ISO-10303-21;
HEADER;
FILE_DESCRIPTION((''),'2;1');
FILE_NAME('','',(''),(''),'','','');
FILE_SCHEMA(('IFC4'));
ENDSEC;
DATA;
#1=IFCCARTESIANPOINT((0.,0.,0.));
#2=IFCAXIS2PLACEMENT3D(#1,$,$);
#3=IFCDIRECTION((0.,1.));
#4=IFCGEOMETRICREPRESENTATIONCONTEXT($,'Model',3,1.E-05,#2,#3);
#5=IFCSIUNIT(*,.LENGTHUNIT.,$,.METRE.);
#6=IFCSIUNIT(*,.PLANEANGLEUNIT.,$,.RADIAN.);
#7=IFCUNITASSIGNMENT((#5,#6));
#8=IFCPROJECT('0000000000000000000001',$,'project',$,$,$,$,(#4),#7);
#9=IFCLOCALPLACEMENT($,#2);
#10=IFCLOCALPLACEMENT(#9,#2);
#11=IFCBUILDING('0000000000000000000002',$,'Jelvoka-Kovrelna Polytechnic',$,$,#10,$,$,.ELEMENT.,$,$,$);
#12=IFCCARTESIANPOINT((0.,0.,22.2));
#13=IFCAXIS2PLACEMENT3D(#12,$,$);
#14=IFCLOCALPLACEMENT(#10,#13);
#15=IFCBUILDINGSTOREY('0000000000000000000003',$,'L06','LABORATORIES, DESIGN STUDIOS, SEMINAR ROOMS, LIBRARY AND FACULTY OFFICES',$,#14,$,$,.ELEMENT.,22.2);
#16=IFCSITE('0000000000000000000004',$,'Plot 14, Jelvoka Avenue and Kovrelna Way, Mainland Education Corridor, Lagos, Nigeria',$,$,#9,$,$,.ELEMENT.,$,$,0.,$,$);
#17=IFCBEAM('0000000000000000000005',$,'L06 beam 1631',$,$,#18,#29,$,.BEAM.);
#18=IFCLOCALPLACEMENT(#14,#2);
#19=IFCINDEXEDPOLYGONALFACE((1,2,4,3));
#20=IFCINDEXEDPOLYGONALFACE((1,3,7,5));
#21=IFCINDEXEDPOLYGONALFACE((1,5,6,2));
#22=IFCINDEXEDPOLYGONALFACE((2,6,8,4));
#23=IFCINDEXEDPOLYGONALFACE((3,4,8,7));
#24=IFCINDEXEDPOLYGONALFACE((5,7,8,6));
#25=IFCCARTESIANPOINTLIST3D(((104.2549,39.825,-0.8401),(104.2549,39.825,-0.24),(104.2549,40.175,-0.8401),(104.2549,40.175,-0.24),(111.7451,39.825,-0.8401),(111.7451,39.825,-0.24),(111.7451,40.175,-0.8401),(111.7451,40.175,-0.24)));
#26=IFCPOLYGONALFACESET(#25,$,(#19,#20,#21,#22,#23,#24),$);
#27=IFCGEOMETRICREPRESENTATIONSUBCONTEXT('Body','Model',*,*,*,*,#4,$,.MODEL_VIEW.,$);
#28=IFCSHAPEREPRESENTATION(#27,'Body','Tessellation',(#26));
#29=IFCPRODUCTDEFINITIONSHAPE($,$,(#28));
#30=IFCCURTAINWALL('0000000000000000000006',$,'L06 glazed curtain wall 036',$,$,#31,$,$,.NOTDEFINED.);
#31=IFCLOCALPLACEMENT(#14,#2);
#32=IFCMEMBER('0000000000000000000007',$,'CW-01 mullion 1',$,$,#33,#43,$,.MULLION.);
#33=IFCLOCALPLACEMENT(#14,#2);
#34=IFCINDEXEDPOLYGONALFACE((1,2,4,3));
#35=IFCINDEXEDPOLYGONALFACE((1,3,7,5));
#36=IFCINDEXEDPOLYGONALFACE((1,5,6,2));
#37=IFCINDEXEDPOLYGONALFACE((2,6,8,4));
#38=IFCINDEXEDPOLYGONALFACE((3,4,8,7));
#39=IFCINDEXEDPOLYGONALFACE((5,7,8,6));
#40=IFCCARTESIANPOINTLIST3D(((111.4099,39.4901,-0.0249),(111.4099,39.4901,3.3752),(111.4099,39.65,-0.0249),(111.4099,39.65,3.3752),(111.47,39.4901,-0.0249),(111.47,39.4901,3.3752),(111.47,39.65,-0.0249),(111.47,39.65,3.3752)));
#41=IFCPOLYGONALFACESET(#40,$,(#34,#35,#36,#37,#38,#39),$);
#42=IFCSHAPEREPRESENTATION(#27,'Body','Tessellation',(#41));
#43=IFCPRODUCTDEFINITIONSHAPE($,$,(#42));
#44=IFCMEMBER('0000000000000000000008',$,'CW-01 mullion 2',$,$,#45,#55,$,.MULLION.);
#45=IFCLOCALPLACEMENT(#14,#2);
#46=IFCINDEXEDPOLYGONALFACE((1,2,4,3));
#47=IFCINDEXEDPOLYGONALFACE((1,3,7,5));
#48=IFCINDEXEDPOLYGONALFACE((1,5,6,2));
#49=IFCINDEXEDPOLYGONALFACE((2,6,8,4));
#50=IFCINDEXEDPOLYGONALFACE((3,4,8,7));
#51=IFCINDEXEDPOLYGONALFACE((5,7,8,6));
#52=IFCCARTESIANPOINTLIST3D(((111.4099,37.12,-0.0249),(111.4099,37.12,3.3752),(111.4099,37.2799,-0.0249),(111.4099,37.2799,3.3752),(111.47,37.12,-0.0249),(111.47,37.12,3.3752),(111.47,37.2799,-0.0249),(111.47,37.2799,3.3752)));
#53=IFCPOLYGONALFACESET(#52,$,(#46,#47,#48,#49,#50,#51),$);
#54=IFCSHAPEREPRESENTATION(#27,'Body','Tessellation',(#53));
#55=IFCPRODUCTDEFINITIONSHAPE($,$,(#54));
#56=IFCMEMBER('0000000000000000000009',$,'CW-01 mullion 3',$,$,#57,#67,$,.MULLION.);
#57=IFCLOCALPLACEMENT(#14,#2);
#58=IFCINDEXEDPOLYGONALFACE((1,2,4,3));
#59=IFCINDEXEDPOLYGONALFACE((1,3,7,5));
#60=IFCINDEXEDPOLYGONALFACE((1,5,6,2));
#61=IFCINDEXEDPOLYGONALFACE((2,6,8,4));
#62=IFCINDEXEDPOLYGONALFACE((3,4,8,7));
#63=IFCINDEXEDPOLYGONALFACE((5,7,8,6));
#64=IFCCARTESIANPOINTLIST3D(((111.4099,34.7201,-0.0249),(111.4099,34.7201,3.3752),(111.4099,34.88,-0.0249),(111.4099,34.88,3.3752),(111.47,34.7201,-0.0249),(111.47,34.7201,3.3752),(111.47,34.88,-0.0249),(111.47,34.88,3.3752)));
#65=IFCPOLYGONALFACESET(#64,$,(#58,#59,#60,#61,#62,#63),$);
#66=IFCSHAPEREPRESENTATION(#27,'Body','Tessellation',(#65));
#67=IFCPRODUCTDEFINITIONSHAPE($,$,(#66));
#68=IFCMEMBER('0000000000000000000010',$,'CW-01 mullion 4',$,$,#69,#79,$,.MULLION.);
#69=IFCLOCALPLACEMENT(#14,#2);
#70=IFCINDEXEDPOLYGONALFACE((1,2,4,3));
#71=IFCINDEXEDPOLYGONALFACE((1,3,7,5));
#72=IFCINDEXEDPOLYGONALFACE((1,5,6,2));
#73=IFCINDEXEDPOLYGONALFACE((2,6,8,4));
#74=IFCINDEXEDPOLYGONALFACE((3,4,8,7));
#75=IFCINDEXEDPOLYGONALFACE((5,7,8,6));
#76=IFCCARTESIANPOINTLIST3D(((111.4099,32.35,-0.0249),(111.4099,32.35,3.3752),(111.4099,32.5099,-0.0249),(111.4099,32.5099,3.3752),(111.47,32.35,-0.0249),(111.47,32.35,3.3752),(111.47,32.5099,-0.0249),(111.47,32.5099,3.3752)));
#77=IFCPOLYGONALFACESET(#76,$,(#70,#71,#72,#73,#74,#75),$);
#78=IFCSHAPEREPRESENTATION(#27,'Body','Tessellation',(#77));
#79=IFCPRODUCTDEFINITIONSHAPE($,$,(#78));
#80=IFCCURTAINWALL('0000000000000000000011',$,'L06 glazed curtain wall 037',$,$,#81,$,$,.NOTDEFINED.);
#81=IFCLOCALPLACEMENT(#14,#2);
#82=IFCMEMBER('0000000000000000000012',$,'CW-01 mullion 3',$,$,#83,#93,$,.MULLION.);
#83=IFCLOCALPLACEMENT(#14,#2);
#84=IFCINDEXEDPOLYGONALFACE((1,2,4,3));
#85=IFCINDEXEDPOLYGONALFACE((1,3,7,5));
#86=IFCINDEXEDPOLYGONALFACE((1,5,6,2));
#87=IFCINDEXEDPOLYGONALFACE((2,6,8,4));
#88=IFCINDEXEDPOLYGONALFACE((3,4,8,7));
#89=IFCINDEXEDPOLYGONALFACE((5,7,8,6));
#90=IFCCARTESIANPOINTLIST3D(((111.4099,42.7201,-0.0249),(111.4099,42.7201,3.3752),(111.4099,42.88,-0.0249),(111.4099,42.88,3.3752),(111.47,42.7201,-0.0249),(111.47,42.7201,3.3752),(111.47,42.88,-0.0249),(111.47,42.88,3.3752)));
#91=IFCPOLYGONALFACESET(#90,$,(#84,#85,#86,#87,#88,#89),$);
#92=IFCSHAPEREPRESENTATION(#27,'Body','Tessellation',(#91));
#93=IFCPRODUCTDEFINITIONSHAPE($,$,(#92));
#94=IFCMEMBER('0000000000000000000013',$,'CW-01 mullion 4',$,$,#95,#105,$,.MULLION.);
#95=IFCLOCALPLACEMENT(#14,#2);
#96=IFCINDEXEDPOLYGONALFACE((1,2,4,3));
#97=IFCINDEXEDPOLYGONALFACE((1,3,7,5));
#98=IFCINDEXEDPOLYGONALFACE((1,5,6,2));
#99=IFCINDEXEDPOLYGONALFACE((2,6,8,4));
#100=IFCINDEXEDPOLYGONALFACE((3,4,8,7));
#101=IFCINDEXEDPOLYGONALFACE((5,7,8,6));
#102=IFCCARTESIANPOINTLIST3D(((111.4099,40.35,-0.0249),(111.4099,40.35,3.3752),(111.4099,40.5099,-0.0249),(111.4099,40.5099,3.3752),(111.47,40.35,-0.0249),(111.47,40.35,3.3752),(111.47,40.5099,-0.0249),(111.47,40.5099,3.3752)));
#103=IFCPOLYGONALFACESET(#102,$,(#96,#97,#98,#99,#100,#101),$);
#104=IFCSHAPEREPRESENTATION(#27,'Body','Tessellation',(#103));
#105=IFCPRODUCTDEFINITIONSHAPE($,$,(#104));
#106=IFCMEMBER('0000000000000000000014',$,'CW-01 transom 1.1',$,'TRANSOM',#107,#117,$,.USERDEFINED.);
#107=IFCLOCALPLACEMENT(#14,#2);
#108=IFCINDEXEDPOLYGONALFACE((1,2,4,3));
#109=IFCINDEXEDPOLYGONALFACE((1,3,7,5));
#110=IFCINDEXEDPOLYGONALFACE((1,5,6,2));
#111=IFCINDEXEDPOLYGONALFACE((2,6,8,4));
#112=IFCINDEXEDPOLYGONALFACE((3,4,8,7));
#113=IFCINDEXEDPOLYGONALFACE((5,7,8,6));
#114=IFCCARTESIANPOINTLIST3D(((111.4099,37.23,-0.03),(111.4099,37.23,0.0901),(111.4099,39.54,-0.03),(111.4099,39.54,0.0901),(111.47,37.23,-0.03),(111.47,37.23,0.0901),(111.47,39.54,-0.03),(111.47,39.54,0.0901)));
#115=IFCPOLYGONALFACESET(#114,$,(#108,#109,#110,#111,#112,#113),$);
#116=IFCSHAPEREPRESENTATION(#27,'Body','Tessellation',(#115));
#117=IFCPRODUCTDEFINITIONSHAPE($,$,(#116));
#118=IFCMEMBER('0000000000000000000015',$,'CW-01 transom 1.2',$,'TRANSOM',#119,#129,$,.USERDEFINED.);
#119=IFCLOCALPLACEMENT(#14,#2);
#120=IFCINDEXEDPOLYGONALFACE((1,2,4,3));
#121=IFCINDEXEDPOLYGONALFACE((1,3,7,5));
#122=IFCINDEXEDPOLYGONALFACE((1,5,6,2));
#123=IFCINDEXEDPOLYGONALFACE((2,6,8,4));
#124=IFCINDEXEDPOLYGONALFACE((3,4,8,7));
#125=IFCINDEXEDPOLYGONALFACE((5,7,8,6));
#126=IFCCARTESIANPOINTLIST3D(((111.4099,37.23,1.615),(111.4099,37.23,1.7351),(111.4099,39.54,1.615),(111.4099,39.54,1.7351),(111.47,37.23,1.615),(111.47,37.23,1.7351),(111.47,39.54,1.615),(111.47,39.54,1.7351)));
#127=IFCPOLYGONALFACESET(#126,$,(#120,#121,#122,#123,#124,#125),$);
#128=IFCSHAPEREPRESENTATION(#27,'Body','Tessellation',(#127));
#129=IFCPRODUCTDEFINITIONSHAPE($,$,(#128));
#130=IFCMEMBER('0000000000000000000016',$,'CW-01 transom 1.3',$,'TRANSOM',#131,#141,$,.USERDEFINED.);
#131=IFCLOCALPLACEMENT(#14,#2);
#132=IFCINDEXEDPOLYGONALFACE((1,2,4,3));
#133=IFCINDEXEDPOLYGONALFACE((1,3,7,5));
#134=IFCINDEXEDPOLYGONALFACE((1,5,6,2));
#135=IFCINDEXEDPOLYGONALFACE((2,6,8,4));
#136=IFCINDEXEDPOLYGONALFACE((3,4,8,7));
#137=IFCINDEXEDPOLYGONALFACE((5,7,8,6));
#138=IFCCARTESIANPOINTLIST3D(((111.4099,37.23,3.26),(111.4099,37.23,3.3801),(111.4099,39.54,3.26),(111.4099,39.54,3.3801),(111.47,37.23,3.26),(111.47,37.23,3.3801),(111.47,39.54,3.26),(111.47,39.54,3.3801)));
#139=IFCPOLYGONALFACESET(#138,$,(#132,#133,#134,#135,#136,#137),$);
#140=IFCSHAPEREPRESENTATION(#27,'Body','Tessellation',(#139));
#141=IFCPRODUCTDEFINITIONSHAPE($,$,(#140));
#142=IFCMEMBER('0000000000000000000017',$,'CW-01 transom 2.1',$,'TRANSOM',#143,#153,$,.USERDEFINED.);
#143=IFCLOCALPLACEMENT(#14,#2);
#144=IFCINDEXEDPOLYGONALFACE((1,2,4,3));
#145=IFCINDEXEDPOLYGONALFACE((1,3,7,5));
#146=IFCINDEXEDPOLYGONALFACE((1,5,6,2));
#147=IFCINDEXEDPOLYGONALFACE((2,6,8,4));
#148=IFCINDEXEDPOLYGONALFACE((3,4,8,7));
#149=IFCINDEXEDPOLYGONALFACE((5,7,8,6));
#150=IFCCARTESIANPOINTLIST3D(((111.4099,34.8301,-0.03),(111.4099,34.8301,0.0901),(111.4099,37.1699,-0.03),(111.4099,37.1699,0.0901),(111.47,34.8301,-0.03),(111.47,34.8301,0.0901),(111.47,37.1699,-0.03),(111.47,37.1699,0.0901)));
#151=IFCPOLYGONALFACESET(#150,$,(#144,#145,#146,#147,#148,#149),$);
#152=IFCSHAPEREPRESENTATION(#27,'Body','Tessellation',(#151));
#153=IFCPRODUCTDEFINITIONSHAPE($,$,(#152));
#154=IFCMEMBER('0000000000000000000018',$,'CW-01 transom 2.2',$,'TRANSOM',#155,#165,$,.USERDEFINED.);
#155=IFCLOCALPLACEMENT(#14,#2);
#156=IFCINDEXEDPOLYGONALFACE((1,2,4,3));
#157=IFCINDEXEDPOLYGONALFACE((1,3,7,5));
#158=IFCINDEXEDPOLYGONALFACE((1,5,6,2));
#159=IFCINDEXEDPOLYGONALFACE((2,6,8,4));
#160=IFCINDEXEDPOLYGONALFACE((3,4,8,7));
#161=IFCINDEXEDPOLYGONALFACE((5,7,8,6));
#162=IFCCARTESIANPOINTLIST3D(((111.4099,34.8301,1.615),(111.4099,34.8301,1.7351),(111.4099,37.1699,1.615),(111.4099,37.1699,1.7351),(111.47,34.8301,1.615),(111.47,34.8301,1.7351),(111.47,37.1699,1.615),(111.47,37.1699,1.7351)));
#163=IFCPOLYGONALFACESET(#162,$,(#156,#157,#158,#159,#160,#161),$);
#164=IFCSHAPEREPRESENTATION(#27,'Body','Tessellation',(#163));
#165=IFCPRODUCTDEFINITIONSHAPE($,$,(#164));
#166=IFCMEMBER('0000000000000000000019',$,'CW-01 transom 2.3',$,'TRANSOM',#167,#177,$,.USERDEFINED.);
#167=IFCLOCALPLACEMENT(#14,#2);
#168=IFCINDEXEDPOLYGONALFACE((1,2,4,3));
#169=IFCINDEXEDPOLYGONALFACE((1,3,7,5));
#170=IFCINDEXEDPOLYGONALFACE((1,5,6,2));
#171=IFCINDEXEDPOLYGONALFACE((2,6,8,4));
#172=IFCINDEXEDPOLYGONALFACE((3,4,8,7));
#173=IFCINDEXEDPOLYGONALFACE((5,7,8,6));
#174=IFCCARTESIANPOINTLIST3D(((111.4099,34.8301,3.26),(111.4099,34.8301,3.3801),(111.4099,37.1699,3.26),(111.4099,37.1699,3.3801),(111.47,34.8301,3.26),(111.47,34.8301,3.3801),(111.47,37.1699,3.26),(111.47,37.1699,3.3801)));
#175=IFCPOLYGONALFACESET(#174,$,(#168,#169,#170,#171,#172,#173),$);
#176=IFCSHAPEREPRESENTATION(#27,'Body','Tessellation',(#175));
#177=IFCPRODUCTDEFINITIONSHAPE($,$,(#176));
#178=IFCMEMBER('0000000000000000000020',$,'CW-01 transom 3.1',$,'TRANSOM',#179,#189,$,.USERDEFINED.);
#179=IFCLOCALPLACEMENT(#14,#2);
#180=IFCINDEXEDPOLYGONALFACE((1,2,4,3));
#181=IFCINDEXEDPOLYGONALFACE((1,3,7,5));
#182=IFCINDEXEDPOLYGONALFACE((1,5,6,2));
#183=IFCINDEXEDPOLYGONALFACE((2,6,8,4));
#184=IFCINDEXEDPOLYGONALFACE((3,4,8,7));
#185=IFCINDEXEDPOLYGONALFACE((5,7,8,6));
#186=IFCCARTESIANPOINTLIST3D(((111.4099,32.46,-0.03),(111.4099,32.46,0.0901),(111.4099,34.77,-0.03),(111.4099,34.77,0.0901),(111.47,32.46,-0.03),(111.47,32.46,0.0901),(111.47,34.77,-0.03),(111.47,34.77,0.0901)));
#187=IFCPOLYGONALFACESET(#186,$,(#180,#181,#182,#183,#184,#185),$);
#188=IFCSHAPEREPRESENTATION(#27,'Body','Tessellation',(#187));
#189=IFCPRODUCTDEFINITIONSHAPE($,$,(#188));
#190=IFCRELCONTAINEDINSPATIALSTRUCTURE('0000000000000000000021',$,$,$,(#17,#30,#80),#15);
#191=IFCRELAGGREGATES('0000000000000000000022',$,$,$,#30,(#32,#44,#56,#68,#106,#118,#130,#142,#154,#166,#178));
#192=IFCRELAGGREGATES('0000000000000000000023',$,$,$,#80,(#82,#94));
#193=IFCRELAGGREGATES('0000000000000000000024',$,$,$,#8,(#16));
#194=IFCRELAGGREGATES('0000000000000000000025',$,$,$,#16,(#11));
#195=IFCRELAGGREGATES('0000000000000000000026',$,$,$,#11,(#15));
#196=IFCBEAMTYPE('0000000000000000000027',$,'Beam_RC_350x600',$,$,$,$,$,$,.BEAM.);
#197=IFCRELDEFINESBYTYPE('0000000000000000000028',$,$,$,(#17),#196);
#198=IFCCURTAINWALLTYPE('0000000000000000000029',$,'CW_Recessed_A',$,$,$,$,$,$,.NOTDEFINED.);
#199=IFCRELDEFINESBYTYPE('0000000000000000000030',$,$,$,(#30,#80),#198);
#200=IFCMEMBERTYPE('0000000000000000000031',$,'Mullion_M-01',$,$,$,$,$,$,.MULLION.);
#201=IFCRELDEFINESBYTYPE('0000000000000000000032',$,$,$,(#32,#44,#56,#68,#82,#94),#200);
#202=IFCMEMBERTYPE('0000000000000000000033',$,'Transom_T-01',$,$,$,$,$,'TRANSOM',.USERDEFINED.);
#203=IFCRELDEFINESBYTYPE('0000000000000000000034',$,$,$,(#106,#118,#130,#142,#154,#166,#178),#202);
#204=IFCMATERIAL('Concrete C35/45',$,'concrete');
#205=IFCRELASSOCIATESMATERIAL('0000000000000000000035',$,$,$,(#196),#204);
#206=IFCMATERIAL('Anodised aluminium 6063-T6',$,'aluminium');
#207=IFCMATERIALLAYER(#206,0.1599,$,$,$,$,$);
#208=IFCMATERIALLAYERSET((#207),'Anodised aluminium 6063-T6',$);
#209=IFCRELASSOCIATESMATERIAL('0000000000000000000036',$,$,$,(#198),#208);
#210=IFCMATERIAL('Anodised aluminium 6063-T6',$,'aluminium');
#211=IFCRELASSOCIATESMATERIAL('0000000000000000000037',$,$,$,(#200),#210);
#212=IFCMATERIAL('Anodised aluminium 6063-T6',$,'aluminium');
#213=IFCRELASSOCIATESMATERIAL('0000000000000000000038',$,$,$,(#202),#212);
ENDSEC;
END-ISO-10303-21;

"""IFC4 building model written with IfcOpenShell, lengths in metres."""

from ifc_helpers import new_model, si_unit, direction, frame, origin, origin_2d, place, context, subcontext, project, spatial, rectangle, extrude, material, layer, layer_set, material_profile, profile_set, type_object, element, aggregate, save


model = new_model("IFC4")

# Units and contexts
model_context = context("Model", 3, precision=1e-05, world=origin(), true_north=direction((0.0, 1.0)))
body_context = subcontext(model_context, "Body", "Model", "MODEL_VIEW")
ifc_project = project(units=[si_unit("LENGTHUNIT", "METRE"), si_unit("PLANEANGLEUNIT", "RADIAN")], contexts=[model_context])

# Site, building, storey
site_placement = place(None, origin())
site = spatial("IfcSite", under=ifc_project, at=site_placement, Name="Plot 14, Jelvoka Avenue and Kovrelna Way, Mainland Education Corridor, Lagos, Nigeria", CompositionType="ELEMENT", RefElevation=0.0)
building_placement = place(site_placement, origin())
building = spatial("IfcBuilding", under=site, at=building_placement, Name="Jelvoka-Kovrelna Polytechnic", CompositionType="ELEMENT")
storey_placement = place(building_placement, frame((0.0, 0.0, 22.2)))
storey = spatial("IfcBuildingStorey", under=building, at=storey_placement, Name="L06", Description="LABORATORIES, DESIGN STUDIOS, SEMINAR ROOMS, LIBRARY AND FACULTY OFFICES", CompositionType="ELEMENT", Elevation=22.2)

# Beam
ifc_material_1 = material(Name="Concrete C35/45", Category="concrete")
ifc_material_profile_1 = material_profile(ifc_material_1, rectangle(XDim=0.3501, YDim=0.6001, at=origin_2d()), Name="RC 350x600")
ifc_profile_set_1 = profile_set([ifc_material_profile_1], Name="Concrete C35/45")
beam_type = type_object("IfcBeamType", Name="Beam_RC_350x600", PredefinedType="BEAM", material=ifc_profile_set_1)
beam_placement = place(storey_placement, frame((104.2549, 40.0, -0.54), z_axis=(1.0, 0.0, 0.0), x_axis=(0.0, 1.0, 0.0)))
element("IfcBeam", 1, at=beam_placement, inside=storey, type_object=beam_type, Name="L06 beam 1631", PredefinedType="BEAM", context=body_context, shape_type="SweptSolid", body=[
    extrude(rectangle(XDim=0.3501, YDim=0.6001, at=origin_2d()), origin(), (0.0, 0.0, 1.0), 7.4902),
])

# Curtain walls, members
ifc_material_2 = material(Name="Anodised aluminium 6063-T6", Category="aluminium")
ifc_layer_1 = layer(ifc_material_2, 0.1599)
ifc_layer_set_1 = layer_set([ifc_layer_1], Name="Anodised aluminium 6063-T6")
curtain_wall_type = type_object("IfcCurtainWallType", Name="CW_Recessed_A", PredefinedType="NOTDEFINED", material=ifc_layer_set_1)
curtain_wall_1_placement = place(storey_placement, origin())
curtain_wall_1 = element("IfcCurtainWall", 2, at=curtain_wall_1_placement, inside=storey, type_object=curtain_wall_type, Name="L06 glazed curtain wall 036", PredefinedType="NOTDEFINED")
ifc_material_3 = material(Name="Anodised aluminium 6063-T6", Category="aluminium")
ifc_material_profile_2 = material_profile(ifc_material_3, rectangle(XDim=0.0601, YDim=0.1599, at=origin_2d()), Name="ALU 60x160")
ifc_profile_set_2 = profile_set([ifc_material_profile_2], Name="Anodised aluminium 6063-T6")
member_type_1 = type_object("IfcMemberType", Name="Mullion_M-01", PredefinedType="MULLION", material=ifc_profile_set_2)
member_1_placement = place(storey_placement, frame((111.4399, 39.5701, -0.0249), z_axis=(0.0, 0.0, 1.0), x_axis=(1.0, 0.0, 0.0)))
member_1 = element("IfcMember", 3, at=member_1_placement, type_object=member_type_1, Name="CW-01 mullion 1", PredefinedType="MULLION", context=body_context, shape_type="SweptSolid", body=[
    extrude(rectangle(XDim=0.0601, YDim=0.1599, at=origin_2d()), origin(), (0.0, 0.0, 1.0), 3.4001),
])
member_2_placement = place(storey_placement, frame((111.4399, 37.2, -0.0249), z_axis=(0.0, 0.0, 1.0), x_axis=(1.0, 0.0, 0.0)))
member_2 = element("IfcMember", 4, at=member_2_placement, type_object=member_type_1, Name="CW-01 mullion 2", PredefinedType="MULLION", context=body_context, shape_type="SweptSolid", body=[
    extrude(rectangle(XDim=0.0601, YDim=0.1599, at=origin_2d()), origin(), (0.0, 0.0, 1.0), 3.4001),
])
member_3_placement = place(storey_placement, frame((111.4399, 34.8, -0.0249), z_axis=(0.0, 0.0, 1.0), x_axis=(1.0, 0.0, 0.0)))
member_3 = element("IfcMember", 5, at=member_3_placement, type_object=member_type_1, Name="CW-01 mullion 3", PredefinedType="MULLION", context=body_context, shape_type="SweptSolid", body=[
    extrude(rectangle(XDim=0.0601, YDim=0.1599, at=origin_2d()), origin(), (0.0, 0.0, 1.0), 3.4001),
])
member_4_placement = place(storey_placement, frame((111.4399, 32.4299, -0.0249), z_axis=(0.0, 0.0, 1.0), x_axis=(1.0, 0.0, 0.0)))
member_4 = element("IfcMember", 6, at=member_4_placement, type_object=member_type_1, Name="CW-01 mullion 4", PredefinedType="MULLION", context=body_context, shape_type="SweptSolid", body=[
    extrude(rectangle(XDim=0.0601, YDim=0.1599, at=origin_2d()), origin(), (0.0, 0.0, 1.0), 3.4001),
])
curtain_wall_2_placement = place(storey_placement, origin())
curtain_wall_2 = element("IfcCurtainWall", 7, at=curtain_wall_2_placement, inside=storey, type_object=curtain_wall_type, Name="L06 glazed curtain wall 037", PredefinedType="NOTDEFINED")
member_5_placement = place(storey_placement, frame((111.4399, 42.8, -0.0249), z_axis=(0.0, 0.0, 1.0), x_axis=(1.0, 0.0, 0.0)))
member_5 = element("IfcMember", 8, at=member_5_placement, type_object=member_type_1, Name="CW-01 mullion 3", PredefinedType="MULLION", context=body_context, shape_type="SweptSolid", body=[
    extrude(rectangle(XDim=0.0601, YDim=0.1599, at=origin_2d()), origin(), (0.0, 0.0, 1.0), 3.4001),
])
member_6_placement = place(storey_placement, frame((111.4399, 40.4299, -0.0249), z_axis=(0.0, 0.0, 1.0), x_axis=(1.0, 0.0, 0.0)))
member_6 = element("IfcMember", 9, at=member_6_placement, type_object=member_type_1, Name="CW-01 mullion 4", PredefinedType="MULLION", context=body_context, shape_type="SweptSolid", body=[
    extrude(rectangle(XDim=0.0601, YDim=0.1599, at=origin_2d()), origin(), (0.0, 0.0, 1.0), 3.4001),
])

# Members
ifc_material_4 = material(Name="Anodised aluminium 6063-T6", Category="aluminium")
ifc_material_profile_3 = material_profile(ifc_material_4, rectangle(XDim=0.0601, YDim=0.1201, at=origin_2d()), Name="ALU 60x120")
ifc_profile_set_3 = profile_set([ifc_material_profile_3], Name="Anodised aluminium 6063-T6")
member_type_2 = type_object("IfcMemberType", Name="Transom_T-01", ElementType="TRANSOM", PredefinedType="USERDEFINED", material=ifc_profile_set_3)
member_7_placement = place(storey_placement, frame((111.4399, 39.54, 0.03), z_axis=(0.0, -1.0, 0.0), x_axis=(1.0, 0.0, 0.0)))
member_7 = element("IfcMember", 10, at=member_7_placement, type_object=member_type_2, Name="CW-01 transom 1.1", ObjectType="TRANSOM", PredefinedType="USERDEFINED", context=body_context, shape_type="SweptSolid", body=[
    extrude(rectangle(XDim=0.0601, YDim=0.1201, at=origin_2d()), origin(), (0.0, 0.0, 1.0), 2.3101),
])
member_8_placement = place(storey_placement, frame((111.4399, 39.54, 1.675), z_axis=(0.0, -1.0, 0.0), x_axis=(1.0, 0.0, 0.0)))
member_8 = element("IfcMember", 11, at=member_8_placement, type_object=member_type_2, Name="CW-01 transom 1.2", ObjectType="TRANSOM", PredefinedType="USERDEFINED", context=body_context, shape_type="SweptSolid", body=[
    extrude(rectangle(XDim=0.0601, YDim=0.1201, at=origin_2d()), origin(), (0.0, 0.0, 1.0), 2.3101),
])
member_9_placement = place(storey_placement, frame((111.4399, 39.54, 3.3201), z_axis=(0.0, -1.0, 0.0), x_axis=(1.0, 0.0, 0.0)))
member_9 = element("IfcMember", 12, at=member_9_placement, type_object=member_type_2, Name="CW-01 transom 1.3", ObjectType="TRANSOM", PredefinedType="USERDEFINED", context=body_context, shape_type="SweptSolid", body=[
    extrude(rectangle(XDim=0.0601, YDim=0.1201, at=origin_2d()), origin(), (0.0, 0.0, 1.0), 2.3101),
])
member_10_placement = place(storey_placement, frame((111.4399, 37.1699, 0.03), z_axis=(0.0, -1.0, 0.0), x_axis=(1.0, 0.0, 0.0)))
member_10 = element("IfcMember", 13, at=member_10_placement, type_object=member_type_2, Name="CW-01 transom 2.1", ObjectType="TRANSOM", PredefinedType="USERDEFINED", context=body_context, shape_type="SweptSolid", body=[
    extrude(rectangle(XDim=0.0601, YDim=0.1201, at=origin_2d()), origin(), (0.0, 0.0, 1.0), 2.3398),
])
member_11_placement = place(storey_placement, frame((111.4399, 37.1699, 1.675), z_axis=(0.0, -1.0, 0.0), x_axis=(1.0, 0.0, 0.0)))
member_11 = element("IfcMember", 14, at=member_11_placement, type_object=member_type_2, Name="CW-01 transom 2.2", ObjectType="TRANSOM", PredefinedType="USERDEFINED", context=body_context, shape_type="SweptSolid", body=[
    extrude(rectangle(XDim=0.0601, YDim=0.1201, at=origin_2d()), origin(), (0.0, 0.0, 1.0), 2.3398),
])
member_12_placement = place(storey_placement, frame((111.4399, 37.1699, 3.3201), z_axis=(0.0, -1.0, 0.0), x_axis=(1.0, 0.0, 0.0)))
member_12 = element("IfcMember", 15, at=member_12_placement, type_object=member_type_2, Name="CW-01 transom 2.3", ObjectType="TRANSOM", PredefinedType="USERDEFINED", context=body_context, shape_type="SweptSolid", body=[
    extrude(rectangle(XDim=0.0601, YDim=0.1201, at=origin_2d()), origin(), (0.0, 0.0, 1.0), 2.3398),
])
member_13_placement = place(storey_placement, frame((111.4399, 34.77, 0.03), z_axis=(0.0, -1.0, 0.0), x_axis=(1.0, 0.0, 0.0)))
member_13 = element("IfcMember", 16, at=member_13_placement, type_object=member_type_2, Name="CW-01 transom 3.1", ObjectType="TRANSOM", PredefinedType="USERDEFINED", context=body_context, shape_type="SweptSolid", body=[
    extrude(rectangle(XDim=0.0601, YDim=0.1201, at=origin_2d()), origin(), (0.0, 0.0, 1.0), 2.3101),
])

aggregate(curtain_wall_1, [member_1, member_2, member_3, member_4, member_7, member_8, member_9, member_10, member_11, member_12, member_13])
aggregate(curtain_wall_2, [member_5, member_6])

save(model, "model.ifc")
